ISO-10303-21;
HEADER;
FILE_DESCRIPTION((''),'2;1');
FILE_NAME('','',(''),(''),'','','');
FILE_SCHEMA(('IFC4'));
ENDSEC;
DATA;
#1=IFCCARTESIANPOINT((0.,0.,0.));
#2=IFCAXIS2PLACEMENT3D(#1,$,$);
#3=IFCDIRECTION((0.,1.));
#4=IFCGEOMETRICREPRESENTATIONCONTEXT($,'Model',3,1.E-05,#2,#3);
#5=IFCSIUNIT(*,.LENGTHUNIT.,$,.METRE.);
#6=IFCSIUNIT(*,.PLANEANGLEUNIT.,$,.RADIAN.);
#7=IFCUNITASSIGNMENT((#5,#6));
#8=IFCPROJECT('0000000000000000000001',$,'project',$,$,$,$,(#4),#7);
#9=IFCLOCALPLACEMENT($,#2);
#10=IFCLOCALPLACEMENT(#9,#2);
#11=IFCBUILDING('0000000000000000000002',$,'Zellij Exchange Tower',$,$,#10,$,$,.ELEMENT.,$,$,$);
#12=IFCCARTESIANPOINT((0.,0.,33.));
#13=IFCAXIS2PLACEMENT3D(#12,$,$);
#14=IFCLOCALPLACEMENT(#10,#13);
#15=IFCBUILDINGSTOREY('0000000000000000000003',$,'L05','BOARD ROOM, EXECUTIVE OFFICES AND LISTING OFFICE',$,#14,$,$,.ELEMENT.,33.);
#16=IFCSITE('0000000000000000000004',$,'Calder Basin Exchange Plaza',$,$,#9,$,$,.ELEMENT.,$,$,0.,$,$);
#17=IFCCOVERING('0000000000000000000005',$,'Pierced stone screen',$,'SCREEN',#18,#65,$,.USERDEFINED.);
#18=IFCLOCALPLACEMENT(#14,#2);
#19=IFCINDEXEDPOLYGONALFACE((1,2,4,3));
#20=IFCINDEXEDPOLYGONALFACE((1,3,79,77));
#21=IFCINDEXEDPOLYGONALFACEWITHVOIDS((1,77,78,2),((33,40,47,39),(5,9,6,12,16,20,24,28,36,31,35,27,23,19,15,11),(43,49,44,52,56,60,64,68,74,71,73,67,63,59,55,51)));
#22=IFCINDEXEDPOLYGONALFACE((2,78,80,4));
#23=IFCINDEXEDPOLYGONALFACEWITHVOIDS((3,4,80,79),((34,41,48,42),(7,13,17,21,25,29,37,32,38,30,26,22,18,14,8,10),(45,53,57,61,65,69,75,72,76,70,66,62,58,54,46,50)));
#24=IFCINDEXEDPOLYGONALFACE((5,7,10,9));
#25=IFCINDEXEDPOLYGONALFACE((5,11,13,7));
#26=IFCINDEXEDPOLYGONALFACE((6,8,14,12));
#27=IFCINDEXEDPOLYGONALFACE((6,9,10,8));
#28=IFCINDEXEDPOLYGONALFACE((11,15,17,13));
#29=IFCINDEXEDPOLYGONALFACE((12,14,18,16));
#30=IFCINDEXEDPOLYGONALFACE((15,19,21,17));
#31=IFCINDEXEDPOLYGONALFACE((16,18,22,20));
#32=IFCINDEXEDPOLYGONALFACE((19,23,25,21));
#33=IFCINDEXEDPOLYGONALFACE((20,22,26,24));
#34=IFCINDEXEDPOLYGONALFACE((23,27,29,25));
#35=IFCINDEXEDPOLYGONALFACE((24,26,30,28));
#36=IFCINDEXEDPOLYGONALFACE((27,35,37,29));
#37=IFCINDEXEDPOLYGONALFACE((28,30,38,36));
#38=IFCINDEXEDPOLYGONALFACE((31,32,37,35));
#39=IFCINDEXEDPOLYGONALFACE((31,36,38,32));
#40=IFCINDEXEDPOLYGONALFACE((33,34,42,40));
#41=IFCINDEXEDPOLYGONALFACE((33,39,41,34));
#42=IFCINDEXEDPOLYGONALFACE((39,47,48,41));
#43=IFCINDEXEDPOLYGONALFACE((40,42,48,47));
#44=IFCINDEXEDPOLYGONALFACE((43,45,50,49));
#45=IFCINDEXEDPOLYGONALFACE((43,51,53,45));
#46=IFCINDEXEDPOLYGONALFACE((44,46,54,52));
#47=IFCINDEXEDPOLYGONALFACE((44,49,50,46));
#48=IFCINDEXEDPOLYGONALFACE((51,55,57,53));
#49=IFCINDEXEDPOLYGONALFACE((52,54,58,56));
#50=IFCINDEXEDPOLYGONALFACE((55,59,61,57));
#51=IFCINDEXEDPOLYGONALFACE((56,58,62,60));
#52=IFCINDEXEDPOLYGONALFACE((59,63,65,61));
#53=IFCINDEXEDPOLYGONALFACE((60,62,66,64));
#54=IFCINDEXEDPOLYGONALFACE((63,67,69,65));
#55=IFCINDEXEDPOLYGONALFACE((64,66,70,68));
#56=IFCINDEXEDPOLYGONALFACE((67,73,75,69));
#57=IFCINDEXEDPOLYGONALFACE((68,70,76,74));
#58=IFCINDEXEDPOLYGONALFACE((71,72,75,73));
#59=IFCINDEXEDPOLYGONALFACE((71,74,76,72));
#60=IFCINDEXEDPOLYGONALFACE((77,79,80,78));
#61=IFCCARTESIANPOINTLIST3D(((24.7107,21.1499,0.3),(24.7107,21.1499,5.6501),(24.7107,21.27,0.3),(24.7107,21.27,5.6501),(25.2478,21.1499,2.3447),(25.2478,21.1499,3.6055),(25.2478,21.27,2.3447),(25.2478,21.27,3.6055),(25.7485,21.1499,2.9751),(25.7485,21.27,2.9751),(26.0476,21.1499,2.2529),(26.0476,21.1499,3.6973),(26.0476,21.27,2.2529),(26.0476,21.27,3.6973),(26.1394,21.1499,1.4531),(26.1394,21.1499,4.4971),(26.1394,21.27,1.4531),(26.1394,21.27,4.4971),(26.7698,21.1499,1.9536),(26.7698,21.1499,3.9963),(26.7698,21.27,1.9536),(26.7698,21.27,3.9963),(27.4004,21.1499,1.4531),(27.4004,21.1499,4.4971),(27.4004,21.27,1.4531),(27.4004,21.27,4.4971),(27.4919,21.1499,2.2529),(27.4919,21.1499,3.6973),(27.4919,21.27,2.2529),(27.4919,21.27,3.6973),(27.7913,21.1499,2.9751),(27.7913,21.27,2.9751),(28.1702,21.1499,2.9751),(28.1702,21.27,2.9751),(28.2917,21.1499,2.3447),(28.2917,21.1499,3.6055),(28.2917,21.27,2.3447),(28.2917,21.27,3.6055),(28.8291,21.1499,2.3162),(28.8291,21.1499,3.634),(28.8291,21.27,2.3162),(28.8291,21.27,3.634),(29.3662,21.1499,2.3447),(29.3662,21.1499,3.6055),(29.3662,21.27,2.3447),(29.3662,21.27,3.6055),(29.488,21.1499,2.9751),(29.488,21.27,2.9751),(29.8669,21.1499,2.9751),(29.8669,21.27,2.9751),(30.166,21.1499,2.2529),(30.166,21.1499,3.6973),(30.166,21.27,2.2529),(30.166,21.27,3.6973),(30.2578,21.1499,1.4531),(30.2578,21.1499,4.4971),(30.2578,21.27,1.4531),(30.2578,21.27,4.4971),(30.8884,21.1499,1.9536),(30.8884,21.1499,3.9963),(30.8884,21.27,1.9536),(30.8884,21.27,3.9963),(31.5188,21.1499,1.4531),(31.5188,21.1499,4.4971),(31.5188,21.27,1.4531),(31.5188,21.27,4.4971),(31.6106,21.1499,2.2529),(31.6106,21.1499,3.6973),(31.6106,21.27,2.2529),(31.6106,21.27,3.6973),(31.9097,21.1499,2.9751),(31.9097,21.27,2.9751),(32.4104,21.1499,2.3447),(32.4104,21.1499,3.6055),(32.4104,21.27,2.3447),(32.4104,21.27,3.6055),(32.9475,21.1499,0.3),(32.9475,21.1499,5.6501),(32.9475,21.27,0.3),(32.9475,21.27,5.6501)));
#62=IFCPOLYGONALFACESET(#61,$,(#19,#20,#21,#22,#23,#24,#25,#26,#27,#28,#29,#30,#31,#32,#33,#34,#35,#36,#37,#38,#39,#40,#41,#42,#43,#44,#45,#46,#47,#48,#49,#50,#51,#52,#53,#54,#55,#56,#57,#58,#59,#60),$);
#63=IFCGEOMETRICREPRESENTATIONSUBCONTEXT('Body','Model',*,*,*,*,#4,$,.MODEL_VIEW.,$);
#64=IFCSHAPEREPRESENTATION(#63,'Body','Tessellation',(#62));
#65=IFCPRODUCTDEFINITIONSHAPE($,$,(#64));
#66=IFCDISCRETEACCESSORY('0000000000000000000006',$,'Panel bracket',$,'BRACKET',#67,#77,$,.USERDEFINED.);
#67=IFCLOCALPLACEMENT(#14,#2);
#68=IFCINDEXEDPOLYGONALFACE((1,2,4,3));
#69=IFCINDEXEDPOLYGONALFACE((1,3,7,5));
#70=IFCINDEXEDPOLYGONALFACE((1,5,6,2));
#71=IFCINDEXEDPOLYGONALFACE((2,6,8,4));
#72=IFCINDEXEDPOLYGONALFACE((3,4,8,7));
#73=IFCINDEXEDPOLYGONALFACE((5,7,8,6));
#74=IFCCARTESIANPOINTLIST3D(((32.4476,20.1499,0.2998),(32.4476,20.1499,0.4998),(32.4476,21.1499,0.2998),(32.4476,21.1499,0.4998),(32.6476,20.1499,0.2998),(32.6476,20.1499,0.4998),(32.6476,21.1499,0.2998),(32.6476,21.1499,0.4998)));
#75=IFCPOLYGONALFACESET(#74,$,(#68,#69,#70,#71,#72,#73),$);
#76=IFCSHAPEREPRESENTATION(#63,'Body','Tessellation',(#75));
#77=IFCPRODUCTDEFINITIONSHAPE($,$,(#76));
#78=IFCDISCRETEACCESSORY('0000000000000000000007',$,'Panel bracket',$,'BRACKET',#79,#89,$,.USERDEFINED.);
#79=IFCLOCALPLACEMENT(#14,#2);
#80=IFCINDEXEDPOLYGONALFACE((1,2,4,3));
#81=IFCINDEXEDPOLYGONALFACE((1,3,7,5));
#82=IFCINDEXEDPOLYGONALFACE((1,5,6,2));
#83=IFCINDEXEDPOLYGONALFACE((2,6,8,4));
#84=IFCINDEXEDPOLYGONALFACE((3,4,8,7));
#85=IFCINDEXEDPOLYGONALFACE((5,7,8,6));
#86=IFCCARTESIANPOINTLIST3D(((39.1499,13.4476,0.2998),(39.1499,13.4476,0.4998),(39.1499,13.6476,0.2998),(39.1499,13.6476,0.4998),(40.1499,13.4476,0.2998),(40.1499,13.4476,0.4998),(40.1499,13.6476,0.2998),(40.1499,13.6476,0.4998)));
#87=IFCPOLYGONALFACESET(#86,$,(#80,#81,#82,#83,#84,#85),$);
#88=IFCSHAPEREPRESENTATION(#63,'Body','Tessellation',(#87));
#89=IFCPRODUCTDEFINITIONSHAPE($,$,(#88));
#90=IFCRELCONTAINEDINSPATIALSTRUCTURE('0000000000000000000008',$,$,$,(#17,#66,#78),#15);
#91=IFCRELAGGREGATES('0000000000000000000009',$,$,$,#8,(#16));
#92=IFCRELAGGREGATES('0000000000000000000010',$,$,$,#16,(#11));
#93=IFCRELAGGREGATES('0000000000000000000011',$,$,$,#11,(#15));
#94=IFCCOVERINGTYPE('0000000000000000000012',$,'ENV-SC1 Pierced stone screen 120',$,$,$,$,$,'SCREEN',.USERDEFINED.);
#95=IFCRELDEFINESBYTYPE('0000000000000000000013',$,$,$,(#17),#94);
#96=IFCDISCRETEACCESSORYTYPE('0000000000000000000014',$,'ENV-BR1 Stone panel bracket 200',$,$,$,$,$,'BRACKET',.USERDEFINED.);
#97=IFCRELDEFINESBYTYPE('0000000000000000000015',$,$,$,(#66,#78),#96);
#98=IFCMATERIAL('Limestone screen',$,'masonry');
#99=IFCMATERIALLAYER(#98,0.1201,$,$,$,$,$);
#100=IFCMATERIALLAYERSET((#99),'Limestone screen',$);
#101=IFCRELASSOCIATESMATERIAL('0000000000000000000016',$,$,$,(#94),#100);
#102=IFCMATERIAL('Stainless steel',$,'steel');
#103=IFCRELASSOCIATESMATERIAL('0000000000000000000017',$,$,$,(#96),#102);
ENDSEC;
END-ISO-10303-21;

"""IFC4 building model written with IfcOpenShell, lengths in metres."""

from ifc_helpers import new_model, si_unit, direction, frame, origin, origin_2d, place, context, subcontext, project, spatial, polyline, rectangle, outline, extrude, material, layer, layer_set, type_object, element, save


model = new_model("IFC4")

# Units and contexts
model_context = context("Model", 3, precision=1e-05, world=origin(), true_north=direction((0.0, 1.0)))
body_context = subcontext(model_context, "Body", "Model", "MODEL_VIEW")
ifc_project = project(units=[si_unit("LENGTHUNIT", "METRE"), si_unit("PLANEANGLEUNIT", "RADIAN")], contexts=[model_context])

# Site, building, storey
site_placement = place(None, origin())
site = spatial("IfcSite", under=ifc_project, at=site_placement, Name="Calder Basin Exchange Plaza", CompositionType="ELEMENT", RefElevation=0.0)
building_placement = place(site_placement, origin())
building = spatial("IfcBuilding", under=site, at=building_placement, Name="Zellij Exchange Tower", CompositionType="ELEMENT")
storey_placement = place(building_placement, frame((0.0, 0.0, 33.0)))
storey = spatial("IfcBuildingStorey", under=building, at=storey_placement, Name="L05", Description="BOARD ROOM, EXECUTIVE OFFICES AND LISTING OFFICE", CompositionType="ELEMENT", Elevation=33.0)

# Covering
ifc_material_1 = material(Name="Limestone screen", Category="masonry")
ifc_layer_1 = layer(ifc_material_1, 0.1201)
ifc_layer_set_1 = layer_set([ifc_layer_1], Name="Limestone screen")
covering_type = type_object("IfcCoveringType", Name="ENV-SC1 Pierced stone screen 120", ElementType="SCREEN", PredefinedType="USERDEFINED", material=ifc_layer_set_1)
covering_placement = place(storey_placement, frame((32.9475, 21.21, 0.3), z_axis=(0.0, 0.0, 1.0), x_axis=(-1.0, 0.0, 0.0)))
element("IfcCovering", 1, at=covering_placement, inside=storey, type_object=covering_type, Name="Pierced stone screen", ObjectType="SCREEN", PredefinedType="USERDEFINED", context=body_context, shape_type="SweptSolid", body=[
    extrude(outline(polyline([(0.0, 0.0), (8.2368, 0.0), (8.2368, 5.3501), (0.0, 5.3501), (0.0, 0.0)]), holes=[polyline([(3.5813, 3.3054), (2.7815, 3.3972), (2.6897, 4.197), (2.0591, 3.6963), (1.4287, 4.197), (1.3369, 3.3972), (0.5371, 3.3054), (1.0378, 2.675), (0.5371, 2.0447), (1.3369, 1.9529), (1.4287, 1.1531), (2.0591, 1.6536), (2.6897, 1.1531), (2.7815, 1.9529), (3.5813, 2.0447), (3.0806, 2.675), (3.5813, 3.3054)]), polyline([(7.6997, 3.3054), (6.8999, 3.3972), (6.8081, 4.197), (6.1777, 3.6963), (5.5471, 4.197), (5.4556, 3.3972), (4.6558, 3.3054), (5.1562, 2.675), (4.6558, 2.0447), (5.4556, 1.9529), (5.5471, 1.1531), (6.1777, 1.6536), (6.8081, 1.1531), (6.8999, 1.9529), (7.6997, 2.0447), (7.199, 2.675), (7.6997, 3.3054)]), polyline([(4.7773, 2.675), (4.1184, 3.334), (3.4595, 2.675), (4.1184, 2.0161), (4.7773, 2.675)])]), frame((0.0, 0.0601, 0.0), z_axis=(0.0, -1.0, 0.0), x_axis=(1.0, 0.0, 0.0)), (0.0, 0.0, 1.0), 0.1201),
])

# Discrete accessories
ifc_material_2 = material(Name="Stainless steel", Category="steel")
discrete_accessory_type = type_object("IfcDiscreteAccessoryType", Name="ENV-BR1 Stone panel bracket 200", ElementType="BRACKET", PredefinedType="USERDEFINED", material=ifc_material_2)
for number, where, z_axis, x_axis, name in (
    (2, (32.5476, 20.6499, 0.2998), (0.0, 0.0, 1.0), (-1.0, 0.0, 0.0), "Panel bracket"),
    (3, (39.6499, 13.5476, 0.2998), (0.0, 0.0, 1.0), (0.0, 1.0, 0.0), "Panel bracket"),
):
    element("IfcDiscreteAccessory", number, at=place(storey_placement, frame(where, z_axis=z_axis, x_axis=x_axis)), inside=storey, type_object=discrete_accessory_type, Name=name, ObjectType="BRACKET", PredefinedType="USERDEFINED", context=body_context, shape_type="SweptSolid", body=[
        extrude(rectangle(XDim=0.2, YDim=1.0, at=origin_2d()), origin(), (0.0, 0.0, 1.0), 0.2),
    ])

save(model, "model.ifc")
